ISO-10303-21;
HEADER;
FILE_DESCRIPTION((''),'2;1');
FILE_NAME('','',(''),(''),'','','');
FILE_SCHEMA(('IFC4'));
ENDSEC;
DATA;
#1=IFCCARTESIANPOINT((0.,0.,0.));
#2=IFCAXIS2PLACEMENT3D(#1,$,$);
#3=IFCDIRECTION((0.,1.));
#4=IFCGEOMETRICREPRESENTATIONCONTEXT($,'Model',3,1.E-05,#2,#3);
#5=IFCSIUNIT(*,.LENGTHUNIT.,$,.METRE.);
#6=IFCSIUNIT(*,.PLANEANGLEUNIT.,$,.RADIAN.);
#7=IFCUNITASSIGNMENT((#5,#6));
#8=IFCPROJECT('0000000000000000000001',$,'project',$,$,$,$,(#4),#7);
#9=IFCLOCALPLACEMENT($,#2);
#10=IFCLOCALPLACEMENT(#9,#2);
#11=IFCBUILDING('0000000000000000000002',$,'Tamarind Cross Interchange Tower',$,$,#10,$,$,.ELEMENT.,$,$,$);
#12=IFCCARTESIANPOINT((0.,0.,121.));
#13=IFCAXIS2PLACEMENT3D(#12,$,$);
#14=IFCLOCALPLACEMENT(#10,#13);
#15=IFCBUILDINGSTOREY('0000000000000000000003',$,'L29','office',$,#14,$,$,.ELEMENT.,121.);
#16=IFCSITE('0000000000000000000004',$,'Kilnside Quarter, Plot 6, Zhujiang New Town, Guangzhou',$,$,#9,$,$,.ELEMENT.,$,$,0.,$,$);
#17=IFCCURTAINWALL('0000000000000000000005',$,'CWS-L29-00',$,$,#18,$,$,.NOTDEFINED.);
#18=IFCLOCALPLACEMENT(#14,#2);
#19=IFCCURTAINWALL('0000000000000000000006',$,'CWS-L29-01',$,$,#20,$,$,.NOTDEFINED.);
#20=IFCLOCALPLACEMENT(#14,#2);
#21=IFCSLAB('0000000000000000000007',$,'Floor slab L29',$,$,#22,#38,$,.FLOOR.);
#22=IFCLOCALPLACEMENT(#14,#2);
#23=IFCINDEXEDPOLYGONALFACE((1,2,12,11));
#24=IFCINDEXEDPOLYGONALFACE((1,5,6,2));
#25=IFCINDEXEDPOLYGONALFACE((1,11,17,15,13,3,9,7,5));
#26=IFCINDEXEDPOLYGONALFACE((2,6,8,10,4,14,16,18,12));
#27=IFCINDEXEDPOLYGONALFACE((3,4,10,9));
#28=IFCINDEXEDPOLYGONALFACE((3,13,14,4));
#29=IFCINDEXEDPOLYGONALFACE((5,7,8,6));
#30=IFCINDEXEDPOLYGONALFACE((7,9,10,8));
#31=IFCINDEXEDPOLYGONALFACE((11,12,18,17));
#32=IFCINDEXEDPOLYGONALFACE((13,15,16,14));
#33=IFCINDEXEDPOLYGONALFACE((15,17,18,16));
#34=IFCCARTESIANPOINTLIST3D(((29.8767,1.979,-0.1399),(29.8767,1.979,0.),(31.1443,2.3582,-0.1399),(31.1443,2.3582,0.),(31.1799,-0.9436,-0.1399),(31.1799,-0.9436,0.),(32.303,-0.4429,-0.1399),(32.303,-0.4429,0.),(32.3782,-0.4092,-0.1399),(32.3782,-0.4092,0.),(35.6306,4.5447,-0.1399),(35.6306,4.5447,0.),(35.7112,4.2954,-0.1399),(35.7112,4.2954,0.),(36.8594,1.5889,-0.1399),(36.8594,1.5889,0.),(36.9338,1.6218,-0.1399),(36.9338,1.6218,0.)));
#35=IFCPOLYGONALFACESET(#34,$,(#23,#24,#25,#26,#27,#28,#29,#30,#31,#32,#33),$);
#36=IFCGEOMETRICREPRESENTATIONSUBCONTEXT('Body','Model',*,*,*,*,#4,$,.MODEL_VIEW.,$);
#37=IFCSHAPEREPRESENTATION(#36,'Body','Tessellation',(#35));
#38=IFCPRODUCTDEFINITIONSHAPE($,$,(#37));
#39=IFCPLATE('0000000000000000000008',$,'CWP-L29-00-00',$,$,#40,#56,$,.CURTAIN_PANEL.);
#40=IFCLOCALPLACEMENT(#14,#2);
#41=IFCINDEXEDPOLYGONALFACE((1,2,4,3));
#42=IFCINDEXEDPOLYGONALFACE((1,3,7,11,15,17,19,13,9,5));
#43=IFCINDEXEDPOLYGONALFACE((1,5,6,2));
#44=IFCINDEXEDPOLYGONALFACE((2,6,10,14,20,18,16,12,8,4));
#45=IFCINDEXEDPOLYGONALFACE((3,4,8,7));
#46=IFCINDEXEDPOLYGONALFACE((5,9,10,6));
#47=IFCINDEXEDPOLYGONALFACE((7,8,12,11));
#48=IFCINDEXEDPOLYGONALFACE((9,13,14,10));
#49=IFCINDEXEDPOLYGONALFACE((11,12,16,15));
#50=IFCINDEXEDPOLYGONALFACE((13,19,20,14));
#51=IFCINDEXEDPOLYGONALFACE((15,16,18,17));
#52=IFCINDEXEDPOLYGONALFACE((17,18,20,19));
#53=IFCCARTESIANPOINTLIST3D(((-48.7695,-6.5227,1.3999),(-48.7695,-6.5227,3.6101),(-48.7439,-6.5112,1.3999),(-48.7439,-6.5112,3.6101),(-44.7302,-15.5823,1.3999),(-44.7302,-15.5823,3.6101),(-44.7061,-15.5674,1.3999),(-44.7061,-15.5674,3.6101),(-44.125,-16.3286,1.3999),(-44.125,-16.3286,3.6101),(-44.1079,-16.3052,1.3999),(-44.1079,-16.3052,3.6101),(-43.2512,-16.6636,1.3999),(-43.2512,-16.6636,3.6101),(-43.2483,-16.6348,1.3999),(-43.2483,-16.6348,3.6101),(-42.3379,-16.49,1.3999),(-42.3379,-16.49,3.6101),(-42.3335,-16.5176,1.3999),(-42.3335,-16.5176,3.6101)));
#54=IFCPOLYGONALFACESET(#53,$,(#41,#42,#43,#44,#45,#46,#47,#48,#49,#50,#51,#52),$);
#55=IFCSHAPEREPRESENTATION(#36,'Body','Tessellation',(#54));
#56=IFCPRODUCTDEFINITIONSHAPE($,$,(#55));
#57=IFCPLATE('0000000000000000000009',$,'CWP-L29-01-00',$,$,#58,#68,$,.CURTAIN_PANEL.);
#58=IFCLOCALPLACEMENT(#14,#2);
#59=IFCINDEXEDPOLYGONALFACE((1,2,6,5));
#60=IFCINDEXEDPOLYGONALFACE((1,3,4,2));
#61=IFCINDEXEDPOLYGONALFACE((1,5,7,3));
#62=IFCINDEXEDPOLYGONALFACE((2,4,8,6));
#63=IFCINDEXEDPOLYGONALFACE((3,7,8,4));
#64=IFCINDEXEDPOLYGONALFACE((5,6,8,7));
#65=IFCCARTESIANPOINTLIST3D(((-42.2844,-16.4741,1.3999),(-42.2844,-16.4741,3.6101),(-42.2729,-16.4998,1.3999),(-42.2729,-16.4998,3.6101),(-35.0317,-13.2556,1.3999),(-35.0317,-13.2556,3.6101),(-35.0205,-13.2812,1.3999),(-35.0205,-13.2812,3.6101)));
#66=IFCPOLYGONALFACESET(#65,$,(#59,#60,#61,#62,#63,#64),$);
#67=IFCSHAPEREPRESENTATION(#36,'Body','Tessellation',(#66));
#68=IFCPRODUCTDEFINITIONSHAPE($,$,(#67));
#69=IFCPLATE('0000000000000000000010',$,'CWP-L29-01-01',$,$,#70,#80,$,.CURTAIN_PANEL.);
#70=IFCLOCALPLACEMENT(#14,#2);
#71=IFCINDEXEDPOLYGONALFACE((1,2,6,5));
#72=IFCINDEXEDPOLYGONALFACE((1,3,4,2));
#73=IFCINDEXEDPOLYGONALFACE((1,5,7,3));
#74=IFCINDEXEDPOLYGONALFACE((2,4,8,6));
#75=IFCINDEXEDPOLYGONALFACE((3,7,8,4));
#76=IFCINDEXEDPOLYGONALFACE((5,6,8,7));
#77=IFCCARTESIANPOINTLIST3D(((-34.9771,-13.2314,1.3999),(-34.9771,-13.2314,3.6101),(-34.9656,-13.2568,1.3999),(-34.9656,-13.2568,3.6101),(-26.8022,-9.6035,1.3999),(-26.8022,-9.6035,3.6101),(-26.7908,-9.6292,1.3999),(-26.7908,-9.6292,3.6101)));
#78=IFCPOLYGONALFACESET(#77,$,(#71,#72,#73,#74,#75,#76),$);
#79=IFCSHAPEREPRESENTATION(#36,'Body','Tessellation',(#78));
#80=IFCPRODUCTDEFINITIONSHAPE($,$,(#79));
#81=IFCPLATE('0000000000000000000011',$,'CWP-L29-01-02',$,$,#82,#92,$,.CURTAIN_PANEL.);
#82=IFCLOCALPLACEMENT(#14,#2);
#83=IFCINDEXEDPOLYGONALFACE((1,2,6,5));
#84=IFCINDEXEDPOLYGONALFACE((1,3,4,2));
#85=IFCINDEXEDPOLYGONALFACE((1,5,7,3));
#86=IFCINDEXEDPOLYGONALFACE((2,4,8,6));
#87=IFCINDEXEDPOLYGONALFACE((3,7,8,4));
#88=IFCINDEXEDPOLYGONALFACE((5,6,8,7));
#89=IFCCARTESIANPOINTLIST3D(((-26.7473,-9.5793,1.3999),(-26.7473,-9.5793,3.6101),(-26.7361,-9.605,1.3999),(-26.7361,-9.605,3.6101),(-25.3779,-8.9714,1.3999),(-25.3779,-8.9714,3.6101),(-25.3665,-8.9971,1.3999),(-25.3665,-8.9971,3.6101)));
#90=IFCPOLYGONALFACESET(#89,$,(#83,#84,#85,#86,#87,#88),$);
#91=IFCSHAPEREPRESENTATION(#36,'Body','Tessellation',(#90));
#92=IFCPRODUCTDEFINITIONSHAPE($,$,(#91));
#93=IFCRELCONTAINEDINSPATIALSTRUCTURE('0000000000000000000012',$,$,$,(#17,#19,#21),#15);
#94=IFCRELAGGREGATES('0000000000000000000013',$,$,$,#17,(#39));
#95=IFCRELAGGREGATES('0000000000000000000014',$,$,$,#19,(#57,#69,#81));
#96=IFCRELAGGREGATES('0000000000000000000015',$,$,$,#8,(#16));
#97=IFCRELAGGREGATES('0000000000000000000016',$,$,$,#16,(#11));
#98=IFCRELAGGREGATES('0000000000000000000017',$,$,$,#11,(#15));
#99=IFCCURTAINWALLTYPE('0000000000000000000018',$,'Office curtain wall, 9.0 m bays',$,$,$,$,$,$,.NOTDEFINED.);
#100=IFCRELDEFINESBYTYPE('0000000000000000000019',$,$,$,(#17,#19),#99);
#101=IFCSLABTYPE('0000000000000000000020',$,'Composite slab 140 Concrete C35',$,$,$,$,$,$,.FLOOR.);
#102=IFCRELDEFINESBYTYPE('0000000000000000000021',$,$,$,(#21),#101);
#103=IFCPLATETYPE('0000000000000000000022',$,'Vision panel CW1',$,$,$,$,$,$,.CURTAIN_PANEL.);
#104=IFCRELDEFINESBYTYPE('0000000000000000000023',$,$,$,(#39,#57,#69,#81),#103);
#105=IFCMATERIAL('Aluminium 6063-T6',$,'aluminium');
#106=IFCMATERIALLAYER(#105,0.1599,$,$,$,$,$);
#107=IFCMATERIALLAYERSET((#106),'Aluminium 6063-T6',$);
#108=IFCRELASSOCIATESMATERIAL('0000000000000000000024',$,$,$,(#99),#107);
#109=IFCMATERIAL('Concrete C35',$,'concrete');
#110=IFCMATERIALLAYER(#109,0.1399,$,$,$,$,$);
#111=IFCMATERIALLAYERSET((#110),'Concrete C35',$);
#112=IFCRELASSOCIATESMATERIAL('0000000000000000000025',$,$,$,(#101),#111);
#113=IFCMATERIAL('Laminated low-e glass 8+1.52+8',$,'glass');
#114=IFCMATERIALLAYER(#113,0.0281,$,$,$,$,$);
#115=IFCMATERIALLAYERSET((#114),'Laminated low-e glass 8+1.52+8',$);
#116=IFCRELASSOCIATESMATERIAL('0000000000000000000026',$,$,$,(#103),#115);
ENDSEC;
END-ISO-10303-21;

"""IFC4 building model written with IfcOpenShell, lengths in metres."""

from ifc_helpers import new_model, si_unit, direction, frame, origin, place, context, subcontext, project, spatial, polyline, outline, extrude, material, layer, layer_set, type_object, element, aggregate, save


model = new_model("IFC4")

# Units and contexts
model_context = context("Model", 3, precision=1e-05, world=origin(), true_north=direction((0.0, 1.0)))
body_context = subcontext(model_context, "Body", "Model", "MODEL_VIEW")
ifc_project = project(units=[si_unit("LENGTHUNIT", "METRE"), si_unit("PLANEANGLEUNIT", "RADIAN")], contexts=[model_context])

# Site, building, storey
site_placement = place(None, origin())
site = spatial("IfcSite", under=ifc_project, at=site_placement, Name="Kilnside Quarter, Plot 6, Zhujiang New Town, Guangzhou", CompositionType="ELEMENT", RefElevation=0.0)
building_placement = place(site_placement, origin())
building = spatial("IfcBuilding", under=site, at=building_placement, Name="Tamarind Cross Interchange Tower", CompositionType="ELEMENT")
storey_placement = place(building_placement, frame((0.0, 0.0, 121.0)))
storey = spatial("IfcBuildingStorey", under=building, at=storey_placement, Name="L29", Description="office", CompositionType="ELEMENT", Elevation=121.0)

# Curtain walls
ifc_material_1 = material(Name="Aluminium 6063-T6", Category="aluminium")
ifc_layer_1 = layer(ifc_material_1, 0.1599)
ifc_layer_set_1 = layer_set([ifc_layer_1], Name="Aluminium 6063-T6")
curtain_wall_type = type_object("IfcCurtainWallType", Name="Office curtain wall, 9.0 m bays", PredefinedType="NOTDEFINED", material=ifc_layer_set_1)
curtain_wall_1_placement = place(storey_placement, origin())
curtain_wall_1 = element("IfcCurtainWall", 1, at=curtain_wall_1_placement, inside=storey, type_object=curtain_wall_type, Name="CWS-L29-00", PredefinedType="NOTDEFINED")
curtain_wall_2_placement = place(storey_placement, origin())
curtain_wall_2 = element("IfcCurtainWall", 2, at=curtain_wall_2_placement, inside=storey, type_object=curtain_wall_type, Name="CWS-L29-01", PredefinedType="NOTDEFINED")

# Slab
ifc_material_2 = material(Name="Concrete C35", Category="concrete")
ifc_layer_2 = layer(ifc_material_2, 0.1399)
ifc_layer_set_2 = layer_set([ifc_layer_2], Name="Concrete C35")
slab_type = type_object("IfcSlabType", Name="Composite slab 140 Concrete C35", PredefinedType="FLOOR", material=ifc_layer_set_2)
slab_1_placement = place(storey_placement, frame((0.0, 0.0, -0.1399)))
element("IfcSlab", 3, at=slab_1_placement, inside=storey, type_object=slab_type, Name="Floor slab L29", PredefinedType="FLOOR", context=body_context, shape_type="SweptSolid", body=[
    extrude(outline(polyline([(31.1799, -0.9436), (32.303, -0.4429), (32.3782, -0.4092), (31.1443, 2.3582), (35.7112, 4.2954), (36.8594, 1.5889), (36.9338, 1.6218), (35.6306, 4.5447), (29.8767, 1.979), (31.1799, -0.9436)])), origin(), (0.0, 0.0, 1.0), 0.1399),
])

# Plates
ifc_material_3 = material(Name="Laminated low-e glass 8+1.52+8", Category="glass")
ifc_layer_3 = layer(ifc_material_3, 0.0281)
ifc_layer_set_3 = layer_set([ifc_layer_3], Name="Laminated low-e glass 8+1.52+8")
plate_type = type_object("IfcPlateType", Name="Vision panel CW1", PredefinedType="CURTAIN_PANEL", material=ifc_layer_set_3)
plate_1_placement = place(storey_placement, frame((0.0, 0.0, 1.3999)))
plate_1 = element("IfcPlate", 4, at=plate_1_placement, type_object=plate_type, Name="CWP-L29-00-00", PredefinedType="CURTAIN_PANEL", context=body_context, shape_type="SweptSolid", body=[
    extrude(outline(polyline([(-48.7439, -6.5112), (-44.7061, -15.5674), (-44.1079, -16.3052), (-43.2483, -16.6348), (-42.3379, -16.49), (-42.3335, -16.5176), (-43.2512, -16.6636), (-44.125, -16.3286), (-44.7302, -15.5823), (-48.7695, -6.5227), (-48.7439, -6.5112)])), origin(), (0.0, 0.0, 1.0), 2.2102),
])
aggregate(curtain_wall_1, [plate_1])
plate_2_placement = place(storey_placement, frame((0.0, 0.0, 1.3999)))
plate_2 = element("IfcPlate", 5, at=plate_2_placement, type_object=plate_type, Name="CWP-L29-01-00", PredefinedType="CURTAIN_PANEL", context=body_context, shape_type="SweptSolid", body=[
    extrude(outline(polyline([(-42.2844, -16.4741), (-35.0317, -13.2556), (-35.0205, -13.2812), (-42.2729, -16.4998), (-42.2844, -16.4741)])), origin(), (0.0, 0.0, 1.0), 2.2102),
])
plate_3_placement = place(storey_placement, frame((0.0, 0.0, 1.3999)))
plate_3 = element("IfcPlate", 6, at=plate_3_placement, type_object=plate_type, Name="CWP-L29-01-01", PredefinedType="CURTAIN_PANEL", context=body_context, shape_type="SweptSolid", body=[
    extrude(outline(polyline([(-34.9771, -13.2314), (-26.8022, -9.6035), (-26.7908, -9.6292), (-34.9656, -13.2568), (-34.9771, -13.2314)])), origin(), (0.0, 0.0, 1.0), 2.2102),
])
plate_4_placement = place(storey_placement, frame((0.0, 0.0, 1.3999)))
plate_4 = element("IfcPlate", 7, at=plate_4_placement, type_object=plate_type, Name="CWP-L29-01-02", PredefinedType="CURTAIN_PANEL", context=body_context, shape_type="SweptSolid", body=[
    extrude(outline(polyline([(-26.7473, -9.5793), (-25.3779, -8.9714), (-25.3665, -8.9971), (-26.7361, -9.605), (-26.7473, -9.5793)])), origin(), (0.0, 0.0, 1.0), 2.2102),
])
aggregate(curtain_wall_2, [plate_2, plate_3, plate_4])

save(model, "model.ifc")
